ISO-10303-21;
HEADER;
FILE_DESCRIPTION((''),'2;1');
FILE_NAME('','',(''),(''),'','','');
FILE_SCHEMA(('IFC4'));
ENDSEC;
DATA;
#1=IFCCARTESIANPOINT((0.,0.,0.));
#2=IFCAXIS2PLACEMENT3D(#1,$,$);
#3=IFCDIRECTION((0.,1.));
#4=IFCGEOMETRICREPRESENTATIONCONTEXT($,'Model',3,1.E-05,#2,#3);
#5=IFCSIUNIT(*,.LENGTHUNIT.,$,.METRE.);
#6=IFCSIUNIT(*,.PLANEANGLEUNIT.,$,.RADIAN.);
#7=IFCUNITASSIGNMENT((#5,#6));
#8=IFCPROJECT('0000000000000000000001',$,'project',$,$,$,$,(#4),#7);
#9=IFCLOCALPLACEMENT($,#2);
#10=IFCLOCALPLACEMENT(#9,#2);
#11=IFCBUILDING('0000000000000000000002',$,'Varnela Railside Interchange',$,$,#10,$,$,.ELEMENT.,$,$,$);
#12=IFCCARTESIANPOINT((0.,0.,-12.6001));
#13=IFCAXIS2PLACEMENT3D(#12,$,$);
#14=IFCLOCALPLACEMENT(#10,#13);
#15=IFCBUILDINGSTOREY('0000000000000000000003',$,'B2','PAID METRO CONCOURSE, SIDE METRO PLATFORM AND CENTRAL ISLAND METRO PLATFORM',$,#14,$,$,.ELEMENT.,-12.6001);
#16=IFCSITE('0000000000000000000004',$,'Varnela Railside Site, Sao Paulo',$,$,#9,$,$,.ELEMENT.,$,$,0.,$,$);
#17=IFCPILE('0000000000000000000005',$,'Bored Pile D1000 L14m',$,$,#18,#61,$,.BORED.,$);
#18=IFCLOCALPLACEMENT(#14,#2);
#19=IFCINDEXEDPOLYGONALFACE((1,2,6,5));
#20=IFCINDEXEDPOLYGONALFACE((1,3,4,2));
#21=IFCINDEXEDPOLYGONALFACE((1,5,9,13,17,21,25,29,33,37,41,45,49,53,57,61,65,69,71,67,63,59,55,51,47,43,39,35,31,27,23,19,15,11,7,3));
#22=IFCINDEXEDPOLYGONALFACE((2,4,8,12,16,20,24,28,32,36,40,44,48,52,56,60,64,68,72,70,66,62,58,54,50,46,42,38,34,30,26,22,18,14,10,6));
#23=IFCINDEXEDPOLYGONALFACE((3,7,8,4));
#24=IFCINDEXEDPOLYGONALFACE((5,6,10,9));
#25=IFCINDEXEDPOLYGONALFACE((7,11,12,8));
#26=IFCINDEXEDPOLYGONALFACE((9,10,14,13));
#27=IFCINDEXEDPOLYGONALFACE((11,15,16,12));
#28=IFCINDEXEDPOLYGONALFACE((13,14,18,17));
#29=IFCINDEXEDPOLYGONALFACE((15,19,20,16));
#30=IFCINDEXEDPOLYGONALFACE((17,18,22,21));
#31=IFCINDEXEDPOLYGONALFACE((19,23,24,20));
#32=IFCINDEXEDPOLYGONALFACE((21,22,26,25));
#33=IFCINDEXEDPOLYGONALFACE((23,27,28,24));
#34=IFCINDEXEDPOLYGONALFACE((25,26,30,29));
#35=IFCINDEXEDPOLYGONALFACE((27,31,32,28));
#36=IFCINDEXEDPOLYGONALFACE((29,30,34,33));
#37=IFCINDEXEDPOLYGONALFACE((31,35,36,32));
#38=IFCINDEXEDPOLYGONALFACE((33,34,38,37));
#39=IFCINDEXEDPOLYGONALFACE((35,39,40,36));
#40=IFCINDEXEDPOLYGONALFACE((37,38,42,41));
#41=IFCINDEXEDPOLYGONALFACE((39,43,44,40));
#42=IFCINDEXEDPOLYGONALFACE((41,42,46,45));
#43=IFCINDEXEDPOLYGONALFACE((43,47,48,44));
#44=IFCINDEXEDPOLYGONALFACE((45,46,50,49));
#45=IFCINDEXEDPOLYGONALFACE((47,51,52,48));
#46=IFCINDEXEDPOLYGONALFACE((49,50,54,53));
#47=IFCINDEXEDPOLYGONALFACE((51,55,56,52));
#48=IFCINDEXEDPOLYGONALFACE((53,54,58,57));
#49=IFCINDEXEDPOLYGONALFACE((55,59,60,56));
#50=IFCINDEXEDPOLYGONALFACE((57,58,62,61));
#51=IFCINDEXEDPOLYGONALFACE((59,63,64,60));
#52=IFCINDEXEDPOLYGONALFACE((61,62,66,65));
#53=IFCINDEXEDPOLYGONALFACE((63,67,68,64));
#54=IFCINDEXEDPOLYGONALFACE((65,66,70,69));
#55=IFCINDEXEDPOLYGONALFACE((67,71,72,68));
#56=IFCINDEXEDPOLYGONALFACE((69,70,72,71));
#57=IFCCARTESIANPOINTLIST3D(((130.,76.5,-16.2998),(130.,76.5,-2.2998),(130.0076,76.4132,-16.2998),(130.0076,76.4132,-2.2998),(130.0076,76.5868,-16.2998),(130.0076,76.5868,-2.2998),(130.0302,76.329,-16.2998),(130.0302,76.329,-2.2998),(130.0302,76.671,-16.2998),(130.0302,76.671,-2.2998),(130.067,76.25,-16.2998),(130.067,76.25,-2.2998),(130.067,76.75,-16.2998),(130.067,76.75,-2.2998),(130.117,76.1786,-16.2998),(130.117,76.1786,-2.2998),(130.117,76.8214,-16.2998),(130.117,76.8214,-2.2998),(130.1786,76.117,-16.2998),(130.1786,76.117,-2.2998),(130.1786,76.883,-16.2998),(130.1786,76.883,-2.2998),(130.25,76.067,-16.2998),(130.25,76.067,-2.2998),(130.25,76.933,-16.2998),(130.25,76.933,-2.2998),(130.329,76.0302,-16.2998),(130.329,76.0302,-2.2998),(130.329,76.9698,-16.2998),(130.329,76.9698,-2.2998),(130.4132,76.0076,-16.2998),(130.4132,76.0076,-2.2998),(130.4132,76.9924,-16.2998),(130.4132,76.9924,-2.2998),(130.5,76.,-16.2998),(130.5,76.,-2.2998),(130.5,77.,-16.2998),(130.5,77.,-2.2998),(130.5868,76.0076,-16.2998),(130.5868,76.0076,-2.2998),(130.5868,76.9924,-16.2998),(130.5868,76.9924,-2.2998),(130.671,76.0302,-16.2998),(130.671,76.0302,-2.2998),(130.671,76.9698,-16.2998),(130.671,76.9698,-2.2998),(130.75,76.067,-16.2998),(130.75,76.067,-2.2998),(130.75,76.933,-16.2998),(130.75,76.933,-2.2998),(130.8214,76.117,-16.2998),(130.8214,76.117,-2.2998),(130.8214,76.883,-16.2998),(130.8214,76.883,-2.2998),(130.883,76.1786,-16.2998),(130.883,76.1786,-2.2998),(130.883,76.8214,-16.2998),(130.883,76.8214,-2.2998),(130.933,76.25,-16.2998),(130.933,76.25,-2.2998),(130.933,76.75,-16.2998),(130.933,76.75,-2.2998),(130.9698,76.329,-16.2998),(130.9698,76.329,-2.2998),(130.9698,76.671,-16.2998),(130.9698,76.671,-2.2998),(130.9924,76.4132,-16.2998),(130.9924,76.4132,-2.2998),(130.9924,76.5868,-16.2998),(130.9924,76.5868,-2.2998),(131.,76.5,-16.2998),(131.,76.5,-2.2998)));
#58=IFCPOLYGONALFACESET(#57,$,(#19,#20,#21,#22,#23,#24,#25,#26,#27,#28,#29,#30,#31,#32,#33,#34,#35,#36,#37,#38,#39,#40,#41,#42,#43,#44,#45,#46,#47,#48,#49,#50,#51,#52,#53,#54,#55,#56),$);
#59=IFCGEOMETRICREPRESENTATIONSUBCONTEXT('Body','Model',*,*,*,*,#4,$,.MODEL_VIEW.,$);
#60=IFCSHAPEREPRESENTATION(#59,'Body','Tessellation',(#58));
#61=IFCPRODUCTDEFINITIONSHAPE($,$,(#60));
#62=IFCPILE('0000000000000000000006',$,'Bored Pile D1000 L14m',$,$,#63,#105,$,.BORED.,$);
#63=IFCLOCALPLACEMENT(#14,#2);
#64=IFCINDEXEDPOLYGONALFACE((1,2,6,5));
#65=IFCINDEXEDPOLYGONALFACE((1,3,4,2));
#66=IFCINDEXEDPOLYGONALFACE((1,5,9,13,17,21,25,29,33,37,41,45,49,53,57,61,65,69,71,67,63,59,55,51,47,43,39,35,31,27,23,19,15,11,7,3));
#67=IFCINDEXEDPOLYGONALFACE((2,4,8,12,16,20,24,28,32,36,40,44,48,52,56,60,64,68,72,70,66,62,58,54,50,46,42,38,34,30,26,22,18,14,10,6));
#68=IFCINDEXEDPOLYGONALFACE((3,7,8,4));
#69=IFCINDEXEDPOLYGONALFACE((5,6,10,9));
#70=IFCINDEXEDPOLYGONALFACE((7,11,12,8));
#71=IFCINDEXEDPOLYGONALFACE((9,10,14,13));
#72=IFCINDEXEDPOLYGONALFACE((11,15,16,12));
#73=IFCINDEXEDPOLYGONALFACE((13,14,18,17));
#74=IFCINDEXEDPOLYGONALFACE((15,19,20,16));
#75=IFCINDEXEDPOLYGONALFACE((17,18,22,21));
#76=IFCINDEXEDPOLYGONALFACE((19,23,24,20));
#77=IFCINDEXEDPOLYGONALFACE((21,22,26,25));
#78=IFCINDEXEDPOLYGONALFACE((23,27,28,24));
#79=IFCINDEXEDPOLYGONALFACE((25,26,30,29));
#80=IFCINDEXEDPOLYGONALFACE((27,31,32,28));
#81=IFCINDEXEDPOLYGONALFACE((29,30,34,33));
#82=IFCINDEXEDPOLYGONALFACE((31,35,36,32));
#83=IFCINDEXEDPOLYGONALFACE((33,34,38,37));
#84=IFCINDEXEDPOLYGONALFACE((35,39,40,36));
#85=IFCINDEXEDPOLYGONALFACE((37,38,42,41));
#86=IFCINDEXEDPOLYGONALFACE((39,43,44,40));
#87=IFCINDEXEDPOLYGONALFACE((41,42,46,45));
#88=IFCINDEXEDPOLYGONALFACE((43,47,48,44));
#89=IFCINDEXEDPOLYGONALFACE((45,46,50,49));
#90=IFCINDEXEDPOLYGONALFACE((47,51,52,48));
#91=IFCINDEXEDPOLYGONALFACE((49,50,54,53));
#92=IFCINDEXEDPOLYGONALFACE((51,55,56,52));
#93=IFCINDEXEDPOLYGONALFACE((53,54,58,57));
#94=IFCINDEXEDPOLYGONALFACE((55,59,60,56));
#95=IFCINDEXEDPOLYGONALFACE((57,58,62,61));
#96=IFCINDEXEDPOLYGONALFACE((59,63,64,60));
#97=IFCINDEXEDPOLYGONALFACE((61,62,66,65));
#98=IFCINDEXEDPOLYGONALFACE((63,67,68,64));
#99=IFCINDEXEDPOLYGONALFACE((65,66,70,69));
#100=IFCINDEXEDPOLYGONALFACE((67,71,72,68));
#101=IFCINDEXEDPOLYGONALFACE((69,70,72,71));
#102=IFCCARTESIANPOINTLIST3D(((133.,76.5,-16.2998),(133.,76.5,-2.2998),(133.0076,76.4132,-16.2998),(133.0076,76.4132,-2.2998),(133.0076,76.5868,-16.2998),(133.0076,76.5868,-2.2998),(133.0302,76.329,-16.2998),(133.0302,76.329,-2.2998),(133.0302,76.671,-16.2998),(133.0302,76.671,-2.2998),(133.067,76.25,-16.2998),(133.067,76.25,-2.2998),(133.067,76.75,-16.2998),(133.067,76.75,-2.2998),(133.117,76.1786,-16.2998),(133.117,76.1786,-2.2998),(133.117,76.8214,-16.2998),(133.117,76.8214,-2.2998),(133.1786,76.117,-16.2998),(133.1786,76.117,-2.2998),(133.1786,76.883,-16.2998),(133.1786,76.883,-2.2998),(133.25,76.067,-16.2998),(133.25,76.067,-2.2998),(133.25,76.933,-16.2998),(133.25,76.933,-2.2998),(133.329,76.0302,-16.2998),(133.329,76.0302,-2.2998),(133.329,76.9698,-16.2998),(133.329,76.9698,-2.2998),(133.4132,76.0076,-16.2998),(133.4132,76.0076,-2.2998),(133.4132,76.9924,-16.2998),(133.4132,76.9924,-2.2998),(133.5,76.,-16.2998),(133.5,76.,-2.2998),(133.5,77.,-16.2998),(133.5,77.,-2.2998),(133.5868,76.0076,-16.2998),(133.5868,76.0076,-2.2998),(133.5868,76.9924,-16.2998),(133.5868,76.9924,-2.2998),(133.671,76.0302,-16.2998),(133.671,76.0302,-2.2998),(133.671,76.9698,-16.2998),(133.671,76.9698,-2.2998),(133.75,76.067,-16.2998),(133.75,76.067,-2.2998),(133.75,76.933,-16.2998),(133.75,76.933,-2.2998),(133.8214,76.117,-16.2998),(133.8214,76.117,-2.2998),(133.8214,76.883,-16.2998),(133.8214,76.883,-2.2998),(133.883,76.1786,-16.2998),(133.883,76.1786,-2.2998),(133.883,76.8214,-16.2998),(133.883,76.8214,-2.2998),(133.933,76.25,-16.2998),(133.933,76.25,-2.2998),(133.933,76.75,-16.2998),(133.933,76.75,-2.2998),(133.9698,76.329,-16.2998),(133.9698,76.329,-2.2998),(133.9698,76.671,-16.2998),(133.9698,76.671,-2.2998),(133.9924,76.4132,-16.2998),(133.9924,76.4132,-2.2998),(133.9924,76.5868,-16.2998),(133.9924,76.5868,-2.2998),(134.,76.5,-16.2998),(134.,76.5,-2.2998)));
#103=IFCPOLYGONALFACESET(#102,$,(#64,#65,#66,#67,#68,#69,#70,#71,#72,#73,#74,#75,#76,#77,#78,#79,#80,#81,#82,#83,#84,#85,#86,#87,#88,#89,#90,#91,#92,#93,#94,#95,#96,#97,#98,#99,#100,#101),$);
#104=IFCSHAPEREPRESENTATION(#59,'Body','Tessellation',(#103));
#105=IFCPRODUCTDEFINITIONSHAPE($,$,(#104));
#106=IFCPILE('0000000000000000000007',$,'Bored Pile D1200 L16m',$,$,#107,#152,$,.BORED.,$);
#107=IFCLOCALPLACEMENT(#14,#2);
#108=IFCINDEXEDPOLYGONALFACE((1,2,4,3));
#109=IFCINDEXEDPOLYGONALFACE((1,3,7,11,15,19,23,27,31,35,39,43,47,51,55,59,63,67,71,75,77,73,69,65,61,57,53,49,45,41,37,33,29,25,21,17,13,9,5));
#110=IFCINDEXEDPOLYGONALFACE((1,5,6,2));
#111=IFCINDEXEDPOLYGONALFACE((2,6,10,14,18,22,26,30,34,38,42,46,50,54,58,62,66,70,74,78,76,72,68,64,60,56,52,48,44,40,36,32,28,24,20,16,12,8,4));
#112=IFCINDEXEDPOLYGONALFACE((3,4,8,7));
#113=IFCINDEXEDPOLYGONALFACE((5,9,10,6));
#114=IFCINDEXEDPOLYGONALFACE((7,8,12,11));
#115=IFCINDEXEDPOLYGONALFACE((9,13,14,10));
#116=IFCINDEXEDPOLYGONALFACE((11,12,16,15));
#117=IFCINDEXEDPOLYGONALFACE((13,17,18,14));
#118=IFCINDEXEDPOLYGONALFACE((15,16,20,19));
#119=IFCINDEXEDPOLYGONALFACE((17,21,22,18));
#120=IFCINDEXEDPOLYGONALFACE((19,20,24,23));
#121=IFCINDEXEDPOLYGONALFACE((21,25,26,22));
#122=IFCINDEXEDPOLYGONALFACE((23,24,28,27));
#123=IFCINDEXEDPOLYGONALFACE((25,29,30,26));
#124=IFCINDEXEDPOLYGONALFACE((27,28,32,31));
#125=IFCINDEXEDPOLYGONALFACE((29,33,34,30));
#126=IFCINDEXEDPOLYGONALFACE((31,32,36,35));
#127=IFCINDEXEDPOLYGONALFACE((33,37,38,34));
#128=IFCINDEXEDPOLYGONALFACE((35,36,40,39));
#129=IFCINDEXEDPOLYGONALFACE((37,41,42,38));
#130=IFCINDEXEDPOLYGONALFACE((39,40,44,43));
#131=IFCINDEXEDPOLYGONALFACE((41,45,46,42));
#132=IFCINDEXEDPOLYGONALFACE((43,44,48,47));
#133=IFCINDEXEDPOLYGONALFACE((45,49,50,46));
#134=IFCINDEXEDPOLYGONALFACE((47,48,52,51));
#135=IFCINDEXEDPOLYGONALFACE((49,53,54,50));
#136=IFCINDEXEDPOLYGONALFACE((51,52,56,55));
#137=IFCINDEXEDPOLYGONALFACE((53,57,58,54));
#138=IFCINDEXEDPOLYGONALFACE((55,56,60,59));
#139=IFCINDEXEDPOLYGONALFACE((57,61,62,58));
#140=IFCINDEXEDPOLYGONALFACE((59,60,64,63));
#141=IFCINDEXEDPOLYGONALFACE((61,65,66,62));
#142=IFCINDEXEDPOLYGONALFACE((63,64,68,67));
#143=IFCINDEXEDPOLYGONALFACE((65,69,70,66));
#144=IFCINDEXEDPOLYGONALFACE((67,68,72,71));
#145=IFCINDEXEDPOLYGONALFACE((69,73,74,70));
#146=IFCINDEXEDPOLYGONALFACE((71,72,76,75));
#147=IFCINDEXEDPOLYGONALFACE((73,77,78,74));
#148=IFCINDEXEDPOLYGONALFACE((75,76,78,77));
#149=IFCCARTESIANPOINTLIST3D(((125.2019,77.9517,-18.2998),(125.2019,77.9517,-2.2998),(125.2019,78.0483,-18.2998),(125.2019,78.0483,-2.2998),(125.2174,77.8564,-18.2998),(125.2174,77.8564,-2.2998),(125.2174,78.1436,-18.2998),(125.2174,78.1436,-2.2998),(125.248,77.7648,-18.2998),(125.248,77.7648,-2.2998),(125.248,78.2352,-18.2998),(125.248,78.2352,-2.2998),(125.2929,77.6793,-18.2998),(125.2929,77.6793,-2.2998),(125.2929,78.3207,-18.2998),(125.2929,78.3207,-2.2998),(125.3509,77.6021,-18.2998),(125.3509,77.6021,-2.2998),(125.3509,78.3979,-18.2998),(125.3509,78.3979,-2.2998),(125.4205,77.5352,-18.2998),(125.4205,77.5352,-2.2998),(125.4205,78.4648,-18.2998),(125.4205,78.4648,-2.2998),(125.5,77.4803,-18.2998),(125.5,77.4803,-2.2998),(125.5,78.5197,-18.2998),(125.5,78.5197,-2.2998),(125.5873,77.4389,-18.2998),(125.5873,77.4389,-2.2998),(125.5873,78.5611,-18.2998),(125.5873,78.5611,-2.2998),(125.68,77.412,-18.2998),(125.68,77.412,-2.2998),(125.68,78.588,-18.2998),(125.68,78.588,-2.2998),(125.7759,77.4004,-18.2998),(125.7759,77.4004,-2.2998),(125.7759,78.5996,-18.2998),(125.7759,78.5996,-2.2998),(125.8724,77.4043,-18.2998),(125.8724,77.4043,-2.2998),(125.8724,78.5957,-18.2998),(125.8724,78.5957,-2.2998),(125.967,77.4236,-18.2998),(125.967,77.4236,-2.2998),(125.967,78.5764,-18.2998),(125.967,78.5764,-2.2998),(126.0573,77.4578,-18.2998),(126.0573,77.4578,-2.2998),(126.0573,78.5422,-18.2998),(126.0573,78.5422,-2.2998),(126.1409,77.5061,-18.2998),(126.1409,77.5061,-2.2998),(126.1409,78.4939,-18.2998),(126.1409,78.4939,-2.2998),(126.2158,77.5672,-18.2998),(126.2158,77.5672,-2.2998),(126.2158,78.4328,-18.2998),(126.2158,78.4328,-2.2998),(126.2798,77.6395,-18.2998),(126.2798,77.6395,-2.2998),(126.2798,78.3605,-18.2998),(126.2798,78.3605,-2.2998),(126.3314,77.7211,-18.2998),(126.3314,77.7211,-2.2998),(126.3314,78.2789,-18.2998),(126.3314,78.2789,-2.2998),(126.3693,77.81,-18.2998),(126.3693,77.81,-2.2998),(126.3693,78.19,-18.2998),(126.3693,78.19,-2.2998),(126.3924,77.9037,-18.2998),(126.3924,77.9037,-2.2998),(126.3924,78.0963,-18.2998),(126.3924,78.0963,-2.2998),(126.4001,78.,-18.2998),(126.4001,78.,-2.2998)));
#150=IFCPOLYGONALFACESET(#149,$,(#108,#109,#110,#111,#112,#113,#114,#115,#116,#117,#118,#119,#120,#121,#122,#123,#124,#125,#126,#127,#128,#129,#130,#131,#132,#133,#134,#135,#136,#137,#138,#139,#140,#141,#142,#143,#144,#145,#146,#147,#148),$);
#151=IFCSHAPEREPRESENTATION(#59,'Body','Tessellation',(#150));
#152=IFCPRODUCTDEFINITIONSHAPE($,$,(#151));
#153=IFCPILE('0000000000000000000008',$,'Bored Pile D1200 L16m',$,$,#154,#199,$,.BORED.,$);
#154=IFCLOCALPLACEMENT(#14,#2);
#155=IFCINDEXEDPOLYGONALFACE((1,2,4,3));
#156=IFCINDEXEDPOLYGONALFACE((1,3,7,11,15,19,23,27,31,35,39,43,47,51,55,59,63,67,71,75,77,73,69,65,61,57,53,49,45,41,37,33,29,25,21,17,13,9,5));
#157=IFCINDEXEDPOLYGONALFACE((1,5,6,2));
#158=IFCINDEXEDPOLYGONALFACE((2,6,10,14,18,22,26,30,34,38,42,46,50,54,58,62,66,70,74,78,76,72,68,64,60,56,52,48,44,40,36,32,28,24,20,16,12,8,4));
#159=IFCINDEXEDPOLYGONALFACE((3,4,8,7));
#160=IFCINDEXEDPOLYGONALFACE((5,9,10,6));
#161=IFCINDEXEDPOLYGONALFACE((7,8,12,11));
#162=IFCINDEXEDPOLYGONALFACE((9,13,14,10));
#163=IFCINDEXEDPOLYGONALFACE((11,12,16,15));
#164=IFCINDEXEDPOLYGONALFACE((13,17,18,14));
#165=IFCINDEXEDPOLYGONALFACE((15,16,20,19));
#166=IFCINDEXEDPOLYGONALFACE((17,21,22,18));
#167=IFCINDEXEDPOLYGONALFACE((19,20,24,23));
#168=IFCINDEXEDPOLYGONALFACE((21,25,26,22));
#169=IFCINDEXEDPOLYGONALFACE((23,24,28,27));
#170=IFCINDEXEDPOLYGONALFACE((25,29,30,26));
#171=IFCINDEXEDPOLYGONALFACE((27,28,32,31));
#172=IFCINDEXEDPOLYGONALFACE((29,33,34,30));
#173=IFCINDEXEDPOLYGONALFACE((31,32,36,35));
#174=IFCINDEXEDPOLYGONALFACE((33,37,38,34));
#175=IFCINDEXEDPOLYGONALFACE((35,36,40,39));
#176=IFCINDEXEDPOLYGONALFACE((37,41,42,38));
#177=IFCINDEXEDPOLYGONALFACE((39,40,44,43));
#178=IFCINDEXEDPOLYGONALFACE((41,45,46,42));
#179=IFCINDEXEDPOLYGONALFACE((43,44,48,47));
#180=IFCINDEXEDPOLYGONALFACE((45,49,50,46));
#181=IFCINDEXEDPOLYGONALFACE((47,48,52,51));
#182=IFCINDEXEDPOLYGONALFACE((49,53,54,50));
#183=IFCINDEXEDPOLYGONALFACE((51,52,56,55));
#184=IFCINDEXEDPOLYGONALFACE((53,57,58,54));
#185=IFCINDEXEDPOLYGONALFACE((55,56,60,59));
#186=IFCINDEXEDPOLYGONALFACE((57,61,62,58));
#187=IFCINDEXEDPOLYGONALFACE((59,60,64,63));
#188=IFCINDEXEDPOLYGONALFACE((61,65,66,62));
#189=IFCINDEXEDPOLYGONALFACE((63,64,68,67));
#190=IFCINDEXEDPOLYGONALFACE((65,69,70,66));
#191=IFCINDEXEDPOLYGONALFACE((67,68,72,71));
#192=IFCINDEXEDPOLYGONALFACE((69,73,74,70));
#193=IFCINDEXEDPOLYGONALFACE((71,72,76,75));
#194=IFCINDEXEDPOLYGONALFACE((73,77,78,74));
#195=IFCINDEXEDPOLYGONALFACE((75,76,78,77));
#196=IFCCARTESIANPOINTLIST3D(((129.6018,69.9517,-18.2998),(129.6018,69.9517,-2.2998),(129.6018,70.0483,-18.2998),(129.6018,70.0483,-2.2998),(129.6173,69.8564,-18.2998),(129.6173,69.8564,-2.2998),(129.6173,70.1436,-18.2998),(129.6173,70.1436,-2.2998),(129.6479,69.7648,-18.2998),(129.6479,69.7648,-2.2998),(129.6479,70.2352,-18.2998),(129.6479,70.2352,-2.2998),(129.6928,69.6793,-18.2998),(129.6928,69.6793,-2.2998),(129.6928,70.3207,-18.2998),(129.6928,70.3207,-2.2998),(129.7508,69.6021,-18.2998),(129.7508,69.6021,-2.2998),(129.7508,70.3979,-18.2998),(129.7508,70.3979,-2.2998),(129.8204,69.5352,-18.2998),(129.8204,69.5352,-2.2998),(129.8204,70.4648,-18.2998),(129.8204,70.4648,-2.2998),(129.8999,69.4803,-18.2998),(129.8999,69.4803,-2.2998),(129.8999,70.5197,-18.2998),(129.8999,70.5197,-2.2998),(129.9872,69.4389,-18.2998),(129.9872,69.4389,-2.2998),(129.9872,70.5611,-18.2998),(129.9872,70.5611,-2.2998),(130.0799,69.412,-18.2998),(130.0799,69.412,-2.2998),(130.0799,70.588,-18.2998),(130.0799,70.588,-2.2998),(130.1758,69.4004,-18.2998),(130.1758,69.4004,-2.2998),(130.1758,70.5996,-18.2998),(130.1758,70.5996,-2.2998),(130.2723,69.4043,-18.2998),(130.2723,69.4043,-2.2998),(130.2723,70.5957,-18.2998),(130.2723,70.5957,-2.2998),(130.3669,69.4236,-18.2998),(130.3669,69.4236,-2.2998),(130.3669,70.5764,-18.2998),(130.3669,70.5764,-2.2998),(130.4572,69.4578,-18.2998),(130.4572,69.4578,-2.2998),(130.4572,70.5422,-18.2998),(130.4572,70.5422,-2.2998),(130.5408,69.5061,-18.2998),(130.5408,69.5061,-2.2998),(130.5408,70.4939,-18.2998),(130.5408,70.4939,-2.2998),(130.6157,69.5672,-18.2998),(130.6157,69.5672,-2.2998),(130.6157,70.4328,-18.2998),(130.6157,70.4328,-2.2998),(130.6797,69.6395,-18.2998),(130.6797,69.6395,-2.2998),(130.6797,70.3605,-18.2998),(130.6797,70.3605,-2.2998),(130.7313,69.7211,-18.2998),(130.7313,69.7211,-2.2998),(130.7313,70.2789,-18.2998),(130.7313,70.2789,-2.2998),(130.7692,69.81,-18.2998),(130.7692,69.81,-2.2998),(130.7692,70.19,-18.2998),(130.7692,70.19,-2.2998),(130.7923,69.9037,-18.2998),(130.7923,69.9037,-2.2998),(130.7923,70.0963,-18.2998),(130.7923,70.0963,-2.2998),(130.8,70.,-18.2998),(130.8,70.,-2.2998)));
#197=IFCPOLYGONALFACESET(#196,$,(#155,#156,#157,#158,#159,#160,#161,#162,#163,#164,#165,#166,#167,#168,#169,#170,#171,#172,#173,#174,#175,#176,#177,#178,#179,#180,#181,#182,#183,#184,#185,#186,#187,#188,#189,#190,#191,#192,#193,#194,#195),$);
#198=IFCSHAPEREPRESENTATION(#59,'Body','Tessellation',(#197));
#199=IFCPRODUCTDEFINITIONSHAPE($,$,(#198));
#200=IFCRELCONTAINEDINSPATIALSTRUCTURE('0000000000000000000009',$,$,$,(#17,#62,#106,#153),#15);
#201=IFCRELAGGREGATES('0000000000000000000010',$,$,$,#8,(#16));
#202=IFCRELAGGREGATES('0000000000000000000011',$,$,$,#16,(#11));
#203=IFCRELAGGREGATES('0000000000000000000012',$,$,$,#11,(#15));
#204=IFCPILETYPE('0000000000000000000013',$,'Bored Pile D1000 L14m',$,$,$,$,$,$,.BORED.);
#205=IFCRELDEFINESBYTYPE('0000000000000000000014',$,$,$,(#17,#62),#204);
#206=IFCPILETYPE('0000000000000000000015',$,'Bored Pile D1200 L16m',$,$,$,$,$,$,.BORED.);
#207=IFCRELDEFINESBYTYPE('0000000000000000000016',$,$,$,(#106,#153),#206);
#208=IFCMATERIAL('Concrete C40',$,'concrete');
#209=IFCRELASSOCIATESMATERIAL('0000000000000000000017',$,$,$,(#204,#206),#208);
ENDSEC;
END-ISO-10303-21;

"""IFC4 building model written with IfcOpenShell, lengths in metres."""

from ifc_helpers import new_model, si_unit, direction, frame, origin, origin_2d, place, context, subcontext, project, spatial, circle, extrude, material, material_profile, profile_set, type_object, element, save


model = new_model("IFC4")

# Units and contexts
model_context = context("Model", 3, precision=1e-05, world=origin(), true_north=direction((0.0, 1.0)))
body_context = subcontext(model_context, "Body", "Model", "MODEL_VIEW")
ifc_project = project(units=[si_unit("LENGTHUNIT", "METRE"), si_unit("PLANEANGLEUNIT", "RADIAN")], contexts=[model_context])

# Site, building, storey
site_placement = place(None, origin())
site = spatial("IfcSite", under=ifc_project, at=site_placement, Name="Varnela Railside Site, Sao Paulo", CompositionType="ELEMENT", RefElevation=0.0)
building_placement = place(site_placement, origin())
building = spatial("IfcBuilding", under=site, at=building_placement, Name="Varnela Railside Interchange", CompositionType="ELEMENT")
storey_placement = place(building_placement, frame((0.0, 0.0, -12.6001)))
storey = spatial("IfcBuildingStorey", under=building, at=storey_placement, Name="B2", Description="PAID METRO CONCOURSE, SIDE METRO PLATFORM AND CENTRAL ISLAND METRO PLATFORM", CompositionType="ELEMENT", Elevation=-12.6001)

# Piles
ifc_material_1 = material(Name="Concrete C40", Category="concrete")
ifc_material_profile_1 = material_profile(ifc_material_1, circle(Radius=0.5, at=origin_2d()), Name="BORED PILE D1000")
ifc_profile_set_1 = profile_set([ifc_material_profile_1], Name="Concrete C40")
pile_type_1 = type_object("IfcPileType", Name="Bored Pile D1000 L14m", PredefinedType="BORED", material=ifc_profile_set_1)
for number, where, z_axis, x_axis, name in (
    (1, (130.5, 76.5, -2.2998), (0.0, 0.0, -1.0), (1.0, 0.0, 0.0), "Bored Pile D1000 L14m"),
    (2, (133.5, 76.5, -2.2998), (0.0, 0.0, -1.0), (1.0, 0.0, 0.0), "Bored Pile D1000 L14m"),
):
    element("IfcPile", number, at=place(storey_placement, frame(where, z_axis=z_axis, x_axis=x_axis)), inside=storey, type_object=pile_type_1, Name=name, PredefinedType="BORED", context=body_context, shape_type="SweptSolid", body=[
        extrude(circle(Radius=0.5, at=origin_2d()), origin(), (0.0, 0.0, 1.0), 14.0),
    ])
ifc_material_profile_2 = material_profile(ifc_material_1, circle(Radius=0.6001, at=origin_2d()), Name="BORED PILE D1200")
ifc_profile_set_2 = profile_set([ifc_material_profile_2], Name="Concrete C40")
pile_type_2 = type_object("IfcPileType", Name="Bored Pile D1200 L16m", PredefinedType="BORED", material=ifc_profile_set_2)
for number, where, z_axis, x_axis, name in (
    (3, (125.8, 78.0, -2.2998), (0.0, 0.0, -1.0), (1.0, 0.0, 0.0), "Bored Pile D1200 L16m"),
    (4, (130.2, 70.0, -2.2998), (0.0, 0.0, -1.0), (1.0, 0.0, 0.0), "Bored Pile D1200 L16m"),
):
    element("IfcPile", number, at=place(storey_placement, frame(where, z_axis=z_axis, x_axis=x_axis)), inside=storey, type_object=pile_type_2, Name=name, PredefinedType="BORED", context=body_context, shape_type="SweptSolid", body=[
        extrude(circle(Radius=0.6001, at=origin_2d()), origin(), (0.0, 0.0, 1.0), 16.0),
    ])

save(model, "model.ifc")
